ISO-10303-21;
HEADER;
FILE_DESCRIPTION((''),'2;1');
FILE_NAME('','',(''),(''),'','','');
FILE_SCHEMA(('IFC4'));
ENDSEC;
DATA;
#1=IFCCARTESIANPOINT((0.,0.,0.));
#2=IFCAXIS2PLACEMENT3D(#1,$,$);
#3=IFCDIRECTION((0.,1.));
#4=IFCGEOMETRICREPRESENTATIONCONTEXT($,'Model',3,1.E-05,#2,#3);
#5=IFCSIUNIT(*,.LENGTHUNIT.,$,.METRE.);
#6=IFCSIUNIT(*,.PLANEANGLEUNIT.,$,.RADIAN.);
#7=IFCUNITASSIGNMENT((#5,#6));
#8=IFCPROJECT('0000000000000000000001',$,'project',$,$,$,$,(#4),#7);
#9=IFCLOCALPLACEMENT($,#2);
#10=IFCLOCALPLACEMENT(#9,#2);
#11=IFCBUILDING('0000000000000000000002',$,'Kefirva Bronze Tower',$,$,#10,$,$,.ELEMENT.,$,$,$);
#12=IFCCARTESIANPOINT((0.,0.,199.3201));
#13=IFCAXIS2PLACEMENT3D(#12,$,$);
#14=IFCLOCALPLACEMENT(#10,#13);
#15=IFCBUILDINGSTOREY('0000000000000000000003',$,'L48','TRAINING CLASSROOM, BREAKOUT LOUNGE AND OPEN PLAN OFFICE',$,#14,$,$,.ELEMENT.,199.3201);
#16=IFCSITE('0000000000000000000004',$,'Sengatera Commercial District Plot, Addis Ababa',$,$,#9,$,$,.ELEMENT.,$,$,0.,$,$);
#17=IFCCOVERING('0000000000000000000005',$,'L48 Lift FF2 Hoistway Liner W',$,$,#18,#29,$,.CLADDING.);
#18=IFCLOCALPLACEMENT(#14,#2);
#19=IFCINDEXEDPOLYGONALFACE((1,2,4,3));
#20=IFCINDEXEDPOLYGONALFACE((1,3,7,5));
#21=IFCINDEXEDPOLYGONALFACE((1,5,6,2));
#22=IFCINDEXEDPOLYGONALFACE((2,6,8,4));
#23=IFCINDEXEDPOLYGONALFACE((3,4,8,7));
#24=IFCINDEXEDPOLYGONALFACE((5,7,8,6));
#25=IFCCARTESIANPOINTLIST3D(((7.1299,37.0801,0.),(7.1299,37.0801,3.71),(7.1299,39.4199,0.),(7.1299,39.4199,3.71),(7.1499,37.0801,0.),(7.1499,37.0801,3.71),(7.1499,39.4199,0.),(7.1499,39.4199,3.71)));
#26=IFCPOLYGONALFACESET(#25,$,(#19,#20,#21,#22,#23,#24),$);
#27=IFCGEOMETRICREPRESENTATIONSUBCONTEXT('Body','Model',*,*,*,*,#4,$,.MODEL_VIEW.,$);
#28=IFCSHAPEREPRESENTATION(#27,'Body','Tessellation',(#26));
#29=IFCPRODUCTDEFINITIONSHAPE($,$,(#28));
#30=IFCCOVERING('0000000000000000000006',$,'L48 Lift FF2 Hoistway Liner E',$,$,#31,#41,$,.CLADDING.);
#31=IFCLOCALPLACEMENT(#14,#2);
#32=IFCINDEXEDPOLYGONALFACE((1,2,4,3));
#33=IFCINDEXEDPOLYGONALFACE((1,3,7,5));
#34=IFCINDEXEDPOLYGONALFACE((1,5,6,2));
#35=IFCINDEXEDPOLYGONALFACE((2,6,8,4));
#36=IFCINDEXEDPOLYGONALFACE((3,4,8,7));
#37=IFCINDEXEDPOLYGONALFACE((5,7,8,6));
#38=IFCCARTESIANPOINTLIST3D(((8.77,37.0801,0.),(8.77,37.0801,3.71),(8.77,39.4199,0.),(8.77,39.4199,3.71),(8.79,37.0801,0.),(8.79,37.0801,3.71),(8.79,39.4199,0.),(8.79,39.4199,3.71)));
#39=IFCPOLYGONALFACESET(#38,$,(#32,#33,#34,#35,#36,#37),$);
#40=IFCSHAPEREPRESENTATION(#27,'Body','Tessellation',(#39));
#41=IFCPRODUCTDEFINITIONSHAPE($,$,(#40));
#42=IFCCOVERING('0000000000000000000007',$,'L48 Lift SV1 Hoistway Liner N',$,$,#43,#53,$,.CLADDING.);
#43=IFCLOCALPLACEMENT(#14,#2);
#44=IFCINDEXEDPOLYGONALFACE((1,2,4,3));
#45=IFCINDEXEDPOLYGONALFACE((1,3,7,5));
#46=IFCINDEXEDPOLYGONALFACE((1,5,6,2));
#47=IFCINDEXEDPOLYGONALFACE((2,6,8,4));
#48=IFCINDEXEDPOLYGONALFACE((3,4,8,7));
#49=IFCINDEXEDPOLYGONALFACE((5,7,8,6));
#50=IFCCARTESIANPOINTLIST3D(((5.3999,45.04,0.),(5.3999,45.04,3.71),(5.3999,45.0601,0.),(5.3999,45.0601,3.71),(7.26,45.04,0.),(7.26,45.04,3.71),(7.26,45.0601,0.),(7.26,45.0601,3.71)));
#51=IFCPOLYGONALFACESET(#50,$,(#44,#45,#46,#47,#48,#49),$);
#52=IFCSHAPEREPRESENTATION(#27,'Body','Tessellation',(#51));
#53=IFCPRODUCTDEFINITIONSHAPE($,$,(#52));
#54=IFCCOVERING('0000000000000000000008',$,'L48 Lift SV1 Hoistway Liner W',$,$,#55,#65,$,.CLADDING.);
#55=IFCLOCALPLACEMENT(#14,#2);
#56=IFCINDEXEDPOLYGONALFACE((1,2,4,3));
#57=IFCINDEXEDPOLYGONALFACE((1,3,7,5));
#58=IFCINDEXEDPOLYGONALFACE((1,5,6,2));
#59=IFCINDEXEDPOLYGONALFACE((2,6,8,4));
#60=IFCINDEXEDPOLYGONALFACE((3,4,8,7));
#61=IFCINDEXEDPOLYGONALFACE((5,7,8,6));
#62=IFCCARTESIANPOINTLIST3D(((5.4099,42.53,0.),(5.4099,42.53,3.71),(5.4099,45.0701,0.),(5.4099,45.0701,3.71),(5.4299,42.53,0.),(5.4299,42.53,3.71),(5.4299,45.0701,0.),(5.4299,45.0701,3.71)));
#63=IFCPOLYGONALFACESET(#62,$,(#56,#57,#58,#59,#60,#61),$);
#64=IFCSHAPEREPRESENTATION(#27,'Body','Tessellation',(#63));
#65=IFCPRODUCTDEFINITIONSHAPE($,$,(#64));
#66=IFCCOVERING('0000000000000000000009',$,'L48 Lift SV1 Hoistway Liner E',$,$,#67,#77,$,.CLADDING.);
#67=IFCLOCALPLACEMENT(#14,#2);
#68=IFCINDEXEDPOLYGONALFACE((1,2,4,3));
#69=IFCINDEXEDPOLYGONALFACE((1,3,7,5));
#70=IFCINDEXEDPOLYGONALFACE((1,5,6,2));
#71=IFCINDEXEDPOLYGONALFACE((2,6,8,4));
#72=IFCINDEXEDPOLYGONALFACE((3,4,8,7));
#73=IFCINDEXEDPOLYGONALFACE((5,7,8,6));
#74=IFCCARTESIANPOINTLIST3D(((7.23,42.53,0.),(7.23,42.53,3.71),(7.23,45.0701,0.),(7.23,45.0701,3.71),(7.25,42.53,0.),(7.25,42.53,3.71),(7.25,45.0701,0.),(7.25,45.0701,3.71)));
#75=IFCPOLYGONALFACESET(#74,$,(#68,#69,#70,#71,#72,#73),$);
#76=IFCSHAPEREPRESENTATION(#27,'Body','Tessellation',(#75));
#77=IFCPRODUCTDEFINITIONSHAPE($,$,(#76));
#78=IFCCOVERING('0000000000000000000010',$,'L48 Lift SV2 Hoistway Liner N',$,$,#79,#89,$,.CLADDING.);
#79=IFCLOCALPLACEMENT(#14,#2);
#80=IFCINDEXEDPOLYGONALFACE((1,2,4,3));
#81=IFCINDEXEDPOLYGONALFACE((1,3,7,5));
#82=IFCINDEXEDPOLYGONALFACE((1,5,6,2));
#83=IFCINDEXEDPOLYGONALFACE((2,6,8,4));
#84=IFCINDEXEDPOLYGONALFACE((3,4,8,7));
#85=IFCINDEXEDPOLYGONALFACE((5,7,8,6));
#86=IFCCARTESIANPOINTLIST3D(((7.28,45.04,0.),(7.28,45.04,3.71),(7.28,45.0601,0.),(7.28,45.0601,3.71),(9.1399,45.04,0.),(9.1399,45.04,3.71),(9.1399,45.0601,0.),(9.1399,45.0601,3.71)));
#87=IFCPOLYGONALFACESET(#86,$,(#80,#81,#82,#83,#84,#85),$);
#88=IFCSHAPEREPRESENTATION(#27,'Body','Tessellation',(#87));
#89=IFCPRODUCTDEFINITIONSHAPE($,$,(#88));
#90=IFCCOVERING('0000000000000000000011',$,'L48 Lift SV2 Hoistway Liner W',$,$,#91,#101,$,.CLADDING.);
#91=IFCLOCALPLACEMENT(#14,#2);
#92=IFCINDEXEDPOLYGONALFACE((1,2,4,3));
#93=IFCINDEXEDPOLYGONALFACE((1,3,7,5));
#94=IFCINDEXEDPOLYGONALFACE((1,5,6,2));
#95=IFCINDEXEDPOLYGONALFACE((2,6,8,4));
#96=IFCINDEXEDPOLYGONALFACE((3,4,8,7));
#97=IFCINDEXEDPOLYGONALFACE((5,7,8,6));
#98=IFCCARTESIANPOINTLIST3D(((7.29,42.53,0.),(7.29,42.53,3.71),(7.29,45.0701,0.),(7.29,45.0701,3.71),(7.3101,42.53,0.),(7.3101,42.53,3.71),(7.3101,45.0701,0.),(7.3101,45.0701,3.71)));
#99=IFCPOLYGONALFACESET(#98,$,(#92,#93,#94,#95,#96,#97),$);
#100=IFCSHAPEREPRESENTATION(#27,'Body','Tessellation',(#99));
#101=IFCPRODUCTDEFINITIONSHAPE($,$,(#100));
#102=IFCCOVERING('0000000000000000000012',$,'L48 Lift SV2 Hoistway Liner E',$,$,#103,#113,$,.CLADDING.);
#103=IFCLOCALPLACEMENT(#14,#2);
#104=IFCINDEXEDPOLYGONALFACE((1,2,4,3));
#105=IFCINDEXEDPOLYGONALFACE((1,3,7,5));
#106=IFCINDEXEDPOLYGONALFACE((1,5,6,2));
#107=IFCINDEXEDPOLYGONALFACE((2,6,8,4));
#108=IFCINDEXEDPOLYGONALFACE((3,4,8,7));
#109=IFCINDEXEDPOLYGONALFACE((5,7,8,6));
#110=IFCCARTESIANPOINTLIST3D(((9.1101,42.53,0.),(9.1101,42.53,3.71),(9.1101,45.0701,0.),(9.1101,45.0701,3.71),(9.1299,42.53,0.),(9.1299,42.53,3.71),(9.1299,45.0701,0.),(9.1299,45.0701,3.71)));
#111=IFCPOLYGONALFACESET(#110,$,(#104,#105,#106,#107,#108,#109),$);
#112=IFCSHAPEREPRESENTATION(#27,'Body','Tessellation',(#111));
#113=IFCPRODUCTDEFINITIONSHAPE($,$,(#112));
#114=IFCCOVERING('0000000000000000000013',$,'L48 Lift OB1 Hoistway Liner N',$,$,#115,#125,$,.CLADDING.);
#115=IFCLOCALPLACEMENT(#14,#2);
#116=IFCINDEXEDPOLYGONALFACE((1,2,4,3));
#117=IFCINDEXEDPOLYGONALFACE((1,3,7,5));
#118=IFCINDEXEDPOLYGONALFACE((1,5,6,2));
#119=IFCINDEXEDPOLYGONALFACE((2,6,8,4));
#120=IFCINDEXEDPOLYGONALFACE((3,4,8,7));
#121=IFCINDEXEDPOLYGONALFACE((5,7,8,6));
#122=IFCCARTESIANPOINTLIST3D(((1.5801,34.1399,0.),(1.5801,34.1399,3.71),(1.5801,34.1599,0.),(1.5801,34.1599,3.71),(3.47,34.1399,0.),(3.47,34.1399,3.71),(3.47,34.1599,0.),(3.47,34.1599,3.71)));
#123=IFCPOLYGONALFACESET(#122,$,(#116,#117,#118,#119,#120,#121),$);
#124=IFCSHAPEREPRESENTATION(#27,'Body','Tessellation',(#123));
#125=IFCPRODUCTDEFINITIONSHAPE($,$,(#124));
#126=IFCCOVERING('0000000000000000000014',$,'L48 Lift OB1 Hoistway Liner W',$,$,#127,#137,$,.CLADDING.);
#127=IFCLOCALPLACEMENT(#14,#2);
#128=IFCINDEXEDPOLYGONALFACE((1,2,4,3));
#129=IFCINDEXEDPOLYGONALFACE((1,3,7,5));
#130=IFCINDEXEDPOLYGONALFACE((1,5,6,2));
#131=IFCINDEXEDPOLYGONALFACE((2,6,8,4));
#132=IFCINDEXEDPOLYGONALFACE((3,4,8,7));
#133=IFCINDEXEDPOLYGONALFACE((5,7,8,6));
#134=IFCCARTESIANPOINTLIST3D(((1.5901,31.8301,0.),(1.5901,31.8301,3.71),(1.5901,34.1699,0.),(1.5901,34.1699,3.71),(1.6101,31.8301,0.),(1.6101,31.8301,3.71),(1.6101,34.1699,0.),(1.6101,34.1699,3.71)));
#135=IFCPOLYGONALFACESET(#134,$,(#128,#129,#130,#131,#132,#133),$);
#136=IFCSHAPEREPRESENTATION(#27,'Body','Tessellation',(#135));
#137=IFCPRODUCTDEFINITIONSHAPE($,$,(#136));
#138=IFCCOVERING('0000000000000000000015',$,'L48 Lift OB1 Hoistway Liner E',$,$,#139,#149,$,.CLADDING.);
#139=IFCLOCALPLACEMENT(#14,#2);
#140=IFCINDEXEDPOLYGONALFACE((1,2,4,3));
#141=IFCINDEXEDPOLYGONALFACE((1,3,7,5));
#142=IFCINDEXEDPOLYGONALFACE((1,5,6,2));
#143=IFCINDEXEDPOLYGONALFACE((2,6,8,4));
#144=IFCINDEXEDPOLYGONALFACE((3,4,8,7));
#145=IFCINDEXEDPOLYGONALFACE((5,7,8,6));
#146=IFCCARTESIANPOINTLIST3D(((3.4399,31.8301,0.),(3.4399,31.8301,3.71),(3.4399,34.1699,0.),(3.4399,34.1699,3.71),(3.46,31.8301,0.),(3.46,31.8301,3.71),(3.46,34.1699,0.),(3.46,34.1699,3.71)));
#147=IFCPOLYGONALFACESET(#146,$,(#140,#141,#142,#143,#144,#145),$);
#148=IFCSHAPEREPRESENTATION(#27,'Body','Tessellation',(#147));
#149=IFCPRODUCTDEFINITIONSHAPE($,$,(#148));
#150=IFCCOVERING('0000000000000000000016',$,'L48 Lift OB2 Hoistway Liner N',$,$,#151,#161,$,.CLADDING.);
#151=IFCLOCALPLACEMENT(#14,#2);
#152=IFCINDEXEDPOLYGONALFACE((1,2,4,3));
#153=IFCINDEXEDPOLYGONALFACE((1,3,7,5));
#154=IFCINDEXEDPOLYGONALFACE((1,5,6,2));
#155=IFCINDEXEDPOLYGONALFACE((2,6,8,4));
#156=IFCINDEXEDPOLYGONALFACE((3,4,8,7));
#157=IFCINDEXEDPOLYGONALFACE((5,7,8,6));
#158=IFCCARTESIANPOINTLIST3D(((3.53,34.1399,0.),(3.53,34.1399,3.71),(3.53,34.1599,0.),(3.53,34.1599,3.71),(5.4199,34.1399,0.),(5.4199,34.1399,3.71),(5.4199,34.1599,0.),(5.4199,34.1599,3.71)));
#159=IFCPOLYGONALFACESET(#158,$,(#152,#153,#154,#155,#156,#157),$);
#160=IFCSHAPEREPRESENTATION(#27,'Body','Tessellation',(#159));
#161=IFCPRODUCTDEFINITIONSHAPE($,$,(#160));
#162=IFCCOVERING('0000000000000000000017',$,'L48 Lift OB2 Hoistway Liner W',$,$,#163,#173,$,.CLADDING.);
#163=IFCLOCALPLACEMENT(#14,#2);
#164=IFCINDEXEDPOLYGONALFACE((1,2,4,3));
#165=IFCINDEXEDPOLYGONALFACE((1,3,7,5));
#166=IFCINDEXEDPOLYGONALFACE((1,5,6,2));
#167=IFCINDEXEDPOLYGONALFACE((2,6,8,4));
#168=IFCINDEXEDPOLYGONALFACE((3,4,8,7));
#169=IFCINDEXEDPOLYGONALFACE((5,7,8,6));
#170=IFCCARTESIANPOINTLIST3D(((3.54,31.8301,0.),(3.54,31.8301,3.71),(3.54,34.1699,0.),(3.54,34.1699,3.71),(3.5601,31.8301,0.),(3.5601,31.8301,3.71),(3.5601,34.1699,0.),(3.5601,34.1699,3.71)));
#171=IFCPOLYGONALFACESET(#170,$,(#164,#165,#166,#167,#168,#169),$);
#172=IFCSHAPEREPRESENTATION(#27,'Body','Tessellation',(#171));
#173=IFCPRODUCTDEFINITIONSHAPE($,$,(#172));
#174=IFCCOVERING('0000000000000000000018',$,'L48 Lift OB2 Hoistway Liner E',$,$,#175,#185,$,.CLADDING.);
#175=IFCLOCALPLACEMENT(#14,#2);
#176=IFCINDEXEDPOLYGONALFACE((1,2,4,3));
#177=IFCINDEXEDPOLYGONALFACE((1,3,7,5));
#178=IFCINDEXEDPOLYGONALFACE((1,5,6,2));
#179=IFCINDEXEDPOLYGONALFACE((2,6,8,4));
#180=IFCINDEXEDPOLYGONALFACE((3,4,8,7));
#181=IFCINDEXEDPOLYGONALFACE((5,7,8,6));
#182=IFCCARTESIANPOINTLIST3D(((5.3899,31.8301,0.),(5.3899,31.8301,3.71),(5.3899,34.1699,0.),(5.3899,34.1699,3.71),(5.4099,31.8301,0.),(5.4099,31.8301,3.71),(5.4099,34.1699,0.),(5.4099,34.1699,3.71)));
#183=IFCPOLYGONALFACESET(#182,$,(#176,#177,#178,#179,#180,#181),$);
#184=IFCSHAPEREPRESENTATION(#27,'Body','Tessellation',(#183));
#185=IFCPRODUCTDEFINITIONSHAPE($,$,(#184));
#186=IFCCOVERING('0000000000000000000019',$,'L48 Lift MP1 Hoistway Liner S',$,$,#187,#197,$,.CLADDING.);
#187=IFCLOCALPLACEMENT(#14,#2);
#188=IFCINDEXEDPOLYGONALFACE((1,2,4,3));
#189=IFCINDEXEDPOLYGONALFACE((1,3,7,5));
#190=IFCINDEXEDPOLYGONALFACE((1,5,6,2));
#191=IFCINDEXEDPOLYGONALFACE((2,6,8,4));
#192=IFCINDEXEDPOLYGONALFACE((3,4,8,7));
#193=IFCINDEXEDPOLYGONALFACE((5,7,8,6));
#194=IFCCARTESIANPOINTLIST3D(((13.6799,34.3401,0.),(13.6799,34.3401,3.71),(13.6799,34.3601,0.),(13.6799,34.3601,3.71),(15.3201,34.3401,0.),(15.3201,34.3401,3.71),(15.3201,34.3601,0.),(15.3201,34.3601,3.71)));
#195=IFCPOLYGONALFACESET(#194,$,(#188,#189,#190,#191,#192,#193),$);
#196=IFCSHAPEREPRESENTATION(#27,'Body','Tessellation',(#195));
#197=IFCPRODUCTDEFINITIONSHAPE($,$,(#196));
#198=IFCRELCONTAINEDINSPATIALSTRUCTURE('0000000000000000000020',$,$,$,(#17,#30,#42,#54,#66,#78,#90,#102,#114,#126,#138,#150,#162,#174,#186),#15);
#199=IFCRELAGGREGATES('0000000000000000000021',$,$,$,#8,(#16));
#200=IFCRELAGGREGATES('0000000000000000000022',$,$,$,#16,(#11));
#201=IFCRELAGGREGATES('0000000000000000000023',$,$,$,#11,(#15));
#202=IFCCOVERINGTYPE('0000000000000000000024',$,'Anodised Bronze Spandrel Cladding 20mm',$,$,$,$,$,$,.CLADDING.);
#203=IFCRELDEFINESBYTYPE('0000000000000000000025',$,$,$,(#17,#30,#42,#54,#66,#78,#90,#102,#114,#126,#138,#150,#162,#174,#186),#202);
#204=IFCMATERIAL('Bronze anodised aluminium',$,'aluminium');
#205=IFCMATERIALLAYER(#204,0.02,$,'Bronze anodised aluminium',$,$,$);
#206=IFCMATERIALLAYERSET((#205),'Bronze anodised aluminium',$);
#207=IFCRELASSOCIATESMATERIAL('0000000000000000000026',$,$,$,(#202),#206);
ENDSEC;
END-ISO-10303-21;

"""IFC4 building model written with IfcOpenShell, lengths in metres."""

from ifc_helpers import new_model, si_unit, direction, frame, origin, place, context, subcontext, project, spatial, polyline, outline, extrude, material, layer, layer_set, type_object, element, save


model = new_model("IFC4")

# Units and contexts
model_context = context("Model", 3, precision=1e-05, world=origin(), true_north=direction((0.0, 1.0)))
body_context = subcontext(model_context, "Body", "Model", "MODEL_VIEW")
ifc_project = project(units=[si_unit("LENGTHUNIT", "METRE"), si_unit("PLANEANGLEUNIT", "RADIAN")], contexts=[model_context])

# Site, building, storey
site_placement = place(None, origin())
site = spatial("IfcSite", under=ifc_project, at=site_placement, Name="Sengatera Commercial District Plot, Addis Ababa", CompositionType="ELEMENT", RefElevation=0.0)
building_placement = place(site_placement, origin())
building = spatial("IfcBuilding", under=site, at=building_placement, Name="Kefirva Bronze Tower", CompositionType="ELEMENT")
storey_placement = place(building_placement, frame((0.0, 0.0, 199.3201)))
storey = spatial("IfcBuildingStorey", under=building, at=storey_placement, Name="L48", Description="TRAINING CLASSROOM, BREAKOUT LOUNGE AND OPEN PLAN OFFICE", CompositionType="ELEMENT", Elevation=199.3201)

# Coverings
ifc_material_1 = material(Name="Bronze anodised aluminium", Category="aluminium")
ifc_layer_1 = layer(ifc_material_1, 0.02, Name="Bronze anodised aluminium")
ifc_layer_set_1 = layer_set([ifc_layer_1], Name="Bronze anodised aluminium")
covering_type = type_object("IfcCoveringType", Name="Anodised Bronze Spandrel Cladding 20mm", PredefinedType="CLADDING", material=ifc_layer_set_1)
covering_1_placement = place(storey_placement, origin())
element("IfcCovering", 1, at=covering_1_placement, inside=storey, type_object=covering_type, Name="L48 Lift FF2 Hoistway Liner W", PredefinedType="CLADDING", context=body_context, shape_type="SweptSolid", body=[
    extrude(outline(polyline([(7.1299, 37.0801), (7.1499, 37.0801), (7.1499, 39.4199), (7.1299, 39.4199), (7.1299, 37.0801)])), origin(), (0.0, 0.0, 1.0), 3.71),
])
covering_2_placement = place(storey_placement, origin())
element("IfcCovering", 2, at=covering_2_placement, inside=storey, type_object=covering_type, Name="L48 Lift FF2 Hoistway Liner E", PredefinedType="CLADDING", context=body_context, shape_type="SweptSolid", body=[
    extrude(outline(polyline([(8.77, 37.0801), (8.79, 37.0801), (8.79, 39.4199), (8.77, 39.4199), (8.77, 37.0801)])), origin(), (0.0, 0.0, 1.0), 3.71),
])
covering_3_placement = place(storey_placement, origin())
element("IfcCovering", 3, at=covering_3_placement, inside=storey, type_object=covering_type, Name="L48 Lift SV1 Hoistway Liner N", PredefinedType="CLADDING", context=body_context, shape_type="SweptSolid", body=[
    extrude(outline(polyline([(5.3999, 45.04), (7.26, 45.04), (7.26, 45.0601), (5.3999, 45.0601), (5.3999, 45.04)])), origin(), (0.0, 0.0, 1.0), 3.71),
])
covering_4_placement = place(storey_placement, origin())
element("IfcCovering", 4, at=covering_4_placement, inside=storey, type_object=covering_type, Name="L48 Lift SV1 Hoistway Liner W", PredefinedType="CLADDING", context=body_context, shape_type="SweptSolid", body=[
    extrude(outline(polyline([(5.4099, 42.53), (5.4299, 42.53), (5.4299, 45.0701), (5.4099, 45.0701), (5.4099, 42.53)])), origin(), (0.0, 0.0, 1.0), 3.71),
])
covering_5_placement = place(storey_placement, origin())
element("IfcCovering", 5, at=covering_5_placement, inside=storey, type_object=covering_type, Name="L48 Lift SV1 Hoistway Liner E", PredefinedType="CLADDING", context=body_context, shape_type="SweptSolid", body=[
    extrude(outline(polyline([(7.23, 42.53), (7.25, 42.53), (7.25, 45.0701), (7.23, 45.0701), (7.23, 42.53)])), origin(), (0.0, 0.0, 1.0), 3.71),
])
covering_6_placement = place(storey_placement, origin())
element("IfcCovering", 6, at=covering_6_placement, inside=storey, type_object=covering_type, Name="L48 Lift SV2 Hoistway Liner N", PredefinedType="CLADDING", context=body_context, shape_type="SweptSolid", body=[
    extrude(outline(polyline([(7.28, 45.04), (9.1399, 45.04), (9.1399, 45.0601), (7.28, 45.0601), (7.28, 45.04)])), origin(), (0.0, 0.0, 1.0), 3.71),
])
covering_7_placement = place(storey_placement, origin())
element("IfcCovering", 7, at=covering_7_placement, inside=storey, type_object=covering_type, Name="L48 Lift SV2 Hoistway Liner W", PredefinedType="CLADDING", context=body_context, shape_type="SweptSolid", body=[
    extrude(outline(polyline([(7.29, 42.53), (7.3101, 42.53), (7.3101, 45.0701), (7.29, 45.0701), (7.29, 42.53)])), origin(), (0.0, 0.0, 1.0), 3.71),
])
covering_8_placement = place(storey_placement, origin())
element("IfcCovering", 8, at=covering_8_placement, inside=storey, type_object=covering_type, Name="L48 Lift SV2 Hoistway Liner E", PredefinedType="CLADDING", context=body_context, shape_type="SweptSolid", body=[
    extrude(outline(polyline([(9.1101, 42.53), (9.1299, 42.53), (9.1299, 45.0701), (9.1101, 45.0701), (9.1101, 42.53)])), origin(), (0.0, 0.0, 1.0), 3.71),
])
covering_9_placement = place(storey_placement, origin())
element("IfcCovering", 9, at=covering_9_placement, inside=storey, type_object=covering_type, Name="L48 Lift OB1 Hoistway Liner N", PredefinedType="CLADDING", context=body_context, shape_type="SweptSolid", body=[
    extrude(outline(polyline([(1.5801, 34.1399), (3.47, 34.1399), (3.47, 34.1599), (1.5801, 34.1599), (1.5801, 34.1399)])), origin(), (0.0, 0.0, 1.0), 3.71),
])
covering_10_placement = place(storey_placement, origin())
element("IfcCovering", 10, at=covering_10_placement, inside=storey, type_object=covering_type, Name="L48 Lift OB1 Hoistway Liner W", PredefinedType="CLADDING", context=body_context, shape_type="SweptSolid", body=[
    extrude(outline(polyline([(1.5901, 31.8301), (1.6101, 31.8301), (1.6101, 34.1699), (1.5901, 34.1699), (1.5901, 31.8301)])), origin(), (0.0, 0.0, 1.0), 3.71),
])
covering_11_placement = place(storey_placement, origin())
element("IfcCovering", 11, at=covering_11_placement, inside=storey, type_object=covering_type, Name="L48 Lift OB1 Hoistway Liner E", PredefinedType="CLADDING", context=body_context, shape_type="SweptSolid", body=[
    extrude(outline(polyline([(3.4399, 31.8301), (3.46, 31.8301), (3.46, 34.1699), (3.4399, 34.1699), (3.4399, 31.8301)])), origin(), (0.0, 0.0, 1.0), 3.71),
])
covering_12_placement = place(storey_placement, origin())
element("IfcCovering", 12, at=covering_12_placement, inside=storey, type_object=covering_type, Name="L48 Lift OB2 Hoistway Liner N", PredefinedType="CLADDING", context=body_context, shape_type="SweptSolid", body=[
    extrude(outline(polyline([(3.53, 34.1399), (5.4199, 34.1399), (5.4199, 34.1599), (3.53, 34.1599), (3.53, 34.1399)])), origin(), (0.0, 0.0, 1.0), 3.71),
])
covering_13_placement = place(storey_placement, origin())
element("IfcCovering", 13, at=covering_13_placement, inside=storey, type_object=covering_type, Name="L48 Lift OB2 Hoistway Liner W", PredefinedType="CLADDING", context=body_context, shape_type="SweptSolid", body=[
    extrude(outline(polyline([(3.54, 31.8301), (3.5601, 31.8301), (3.5601, 34.1699), (3.54, 34.1699), (3.54, 31.8301)])), origin(), (0.0, 0.0, 1.0), 3.71),
])
covering_14_placement = place(storey_placement, origin())
element("IfcCovering", 14, at=covering_14_placement, inside=storey, type_object=covering_type, Name="L48 Lift OB2 Hoistway Liner E", PredefinedType="CLADDING", context=body_context, shape_type="SweptSolid", body=[
    extrude(outline(polyline([(5.3899, 31.8301), (5.4099, 31.8301), (5.4099, 34.1699), (5.3899, 34.1699), (5.3899, 31.8301)])), origin(), (0.0, 0.0, 1.0), 3.71),
])
covering_15_placement = place(storey_placement, origin())
element("IfcCovering", 15, at=covering_15_placement, inside=storey, type_object=covering_type, Name="L48 Lift MP1 Hoistway Liner S", PredefinedType="CLADDING", context=body_context, shape_type="SweptSolid", body=[
    extrude(outline(polyline([(13.6799, 34.3401), (15.3201, 34.3401), (15.3201, 34.3601), (13.6799, 34.3601), (13.6799, 34.3401)])), origin(), (0.0, 0.0, 1.0), 3.71),
])

save(model, "model.ifc")
